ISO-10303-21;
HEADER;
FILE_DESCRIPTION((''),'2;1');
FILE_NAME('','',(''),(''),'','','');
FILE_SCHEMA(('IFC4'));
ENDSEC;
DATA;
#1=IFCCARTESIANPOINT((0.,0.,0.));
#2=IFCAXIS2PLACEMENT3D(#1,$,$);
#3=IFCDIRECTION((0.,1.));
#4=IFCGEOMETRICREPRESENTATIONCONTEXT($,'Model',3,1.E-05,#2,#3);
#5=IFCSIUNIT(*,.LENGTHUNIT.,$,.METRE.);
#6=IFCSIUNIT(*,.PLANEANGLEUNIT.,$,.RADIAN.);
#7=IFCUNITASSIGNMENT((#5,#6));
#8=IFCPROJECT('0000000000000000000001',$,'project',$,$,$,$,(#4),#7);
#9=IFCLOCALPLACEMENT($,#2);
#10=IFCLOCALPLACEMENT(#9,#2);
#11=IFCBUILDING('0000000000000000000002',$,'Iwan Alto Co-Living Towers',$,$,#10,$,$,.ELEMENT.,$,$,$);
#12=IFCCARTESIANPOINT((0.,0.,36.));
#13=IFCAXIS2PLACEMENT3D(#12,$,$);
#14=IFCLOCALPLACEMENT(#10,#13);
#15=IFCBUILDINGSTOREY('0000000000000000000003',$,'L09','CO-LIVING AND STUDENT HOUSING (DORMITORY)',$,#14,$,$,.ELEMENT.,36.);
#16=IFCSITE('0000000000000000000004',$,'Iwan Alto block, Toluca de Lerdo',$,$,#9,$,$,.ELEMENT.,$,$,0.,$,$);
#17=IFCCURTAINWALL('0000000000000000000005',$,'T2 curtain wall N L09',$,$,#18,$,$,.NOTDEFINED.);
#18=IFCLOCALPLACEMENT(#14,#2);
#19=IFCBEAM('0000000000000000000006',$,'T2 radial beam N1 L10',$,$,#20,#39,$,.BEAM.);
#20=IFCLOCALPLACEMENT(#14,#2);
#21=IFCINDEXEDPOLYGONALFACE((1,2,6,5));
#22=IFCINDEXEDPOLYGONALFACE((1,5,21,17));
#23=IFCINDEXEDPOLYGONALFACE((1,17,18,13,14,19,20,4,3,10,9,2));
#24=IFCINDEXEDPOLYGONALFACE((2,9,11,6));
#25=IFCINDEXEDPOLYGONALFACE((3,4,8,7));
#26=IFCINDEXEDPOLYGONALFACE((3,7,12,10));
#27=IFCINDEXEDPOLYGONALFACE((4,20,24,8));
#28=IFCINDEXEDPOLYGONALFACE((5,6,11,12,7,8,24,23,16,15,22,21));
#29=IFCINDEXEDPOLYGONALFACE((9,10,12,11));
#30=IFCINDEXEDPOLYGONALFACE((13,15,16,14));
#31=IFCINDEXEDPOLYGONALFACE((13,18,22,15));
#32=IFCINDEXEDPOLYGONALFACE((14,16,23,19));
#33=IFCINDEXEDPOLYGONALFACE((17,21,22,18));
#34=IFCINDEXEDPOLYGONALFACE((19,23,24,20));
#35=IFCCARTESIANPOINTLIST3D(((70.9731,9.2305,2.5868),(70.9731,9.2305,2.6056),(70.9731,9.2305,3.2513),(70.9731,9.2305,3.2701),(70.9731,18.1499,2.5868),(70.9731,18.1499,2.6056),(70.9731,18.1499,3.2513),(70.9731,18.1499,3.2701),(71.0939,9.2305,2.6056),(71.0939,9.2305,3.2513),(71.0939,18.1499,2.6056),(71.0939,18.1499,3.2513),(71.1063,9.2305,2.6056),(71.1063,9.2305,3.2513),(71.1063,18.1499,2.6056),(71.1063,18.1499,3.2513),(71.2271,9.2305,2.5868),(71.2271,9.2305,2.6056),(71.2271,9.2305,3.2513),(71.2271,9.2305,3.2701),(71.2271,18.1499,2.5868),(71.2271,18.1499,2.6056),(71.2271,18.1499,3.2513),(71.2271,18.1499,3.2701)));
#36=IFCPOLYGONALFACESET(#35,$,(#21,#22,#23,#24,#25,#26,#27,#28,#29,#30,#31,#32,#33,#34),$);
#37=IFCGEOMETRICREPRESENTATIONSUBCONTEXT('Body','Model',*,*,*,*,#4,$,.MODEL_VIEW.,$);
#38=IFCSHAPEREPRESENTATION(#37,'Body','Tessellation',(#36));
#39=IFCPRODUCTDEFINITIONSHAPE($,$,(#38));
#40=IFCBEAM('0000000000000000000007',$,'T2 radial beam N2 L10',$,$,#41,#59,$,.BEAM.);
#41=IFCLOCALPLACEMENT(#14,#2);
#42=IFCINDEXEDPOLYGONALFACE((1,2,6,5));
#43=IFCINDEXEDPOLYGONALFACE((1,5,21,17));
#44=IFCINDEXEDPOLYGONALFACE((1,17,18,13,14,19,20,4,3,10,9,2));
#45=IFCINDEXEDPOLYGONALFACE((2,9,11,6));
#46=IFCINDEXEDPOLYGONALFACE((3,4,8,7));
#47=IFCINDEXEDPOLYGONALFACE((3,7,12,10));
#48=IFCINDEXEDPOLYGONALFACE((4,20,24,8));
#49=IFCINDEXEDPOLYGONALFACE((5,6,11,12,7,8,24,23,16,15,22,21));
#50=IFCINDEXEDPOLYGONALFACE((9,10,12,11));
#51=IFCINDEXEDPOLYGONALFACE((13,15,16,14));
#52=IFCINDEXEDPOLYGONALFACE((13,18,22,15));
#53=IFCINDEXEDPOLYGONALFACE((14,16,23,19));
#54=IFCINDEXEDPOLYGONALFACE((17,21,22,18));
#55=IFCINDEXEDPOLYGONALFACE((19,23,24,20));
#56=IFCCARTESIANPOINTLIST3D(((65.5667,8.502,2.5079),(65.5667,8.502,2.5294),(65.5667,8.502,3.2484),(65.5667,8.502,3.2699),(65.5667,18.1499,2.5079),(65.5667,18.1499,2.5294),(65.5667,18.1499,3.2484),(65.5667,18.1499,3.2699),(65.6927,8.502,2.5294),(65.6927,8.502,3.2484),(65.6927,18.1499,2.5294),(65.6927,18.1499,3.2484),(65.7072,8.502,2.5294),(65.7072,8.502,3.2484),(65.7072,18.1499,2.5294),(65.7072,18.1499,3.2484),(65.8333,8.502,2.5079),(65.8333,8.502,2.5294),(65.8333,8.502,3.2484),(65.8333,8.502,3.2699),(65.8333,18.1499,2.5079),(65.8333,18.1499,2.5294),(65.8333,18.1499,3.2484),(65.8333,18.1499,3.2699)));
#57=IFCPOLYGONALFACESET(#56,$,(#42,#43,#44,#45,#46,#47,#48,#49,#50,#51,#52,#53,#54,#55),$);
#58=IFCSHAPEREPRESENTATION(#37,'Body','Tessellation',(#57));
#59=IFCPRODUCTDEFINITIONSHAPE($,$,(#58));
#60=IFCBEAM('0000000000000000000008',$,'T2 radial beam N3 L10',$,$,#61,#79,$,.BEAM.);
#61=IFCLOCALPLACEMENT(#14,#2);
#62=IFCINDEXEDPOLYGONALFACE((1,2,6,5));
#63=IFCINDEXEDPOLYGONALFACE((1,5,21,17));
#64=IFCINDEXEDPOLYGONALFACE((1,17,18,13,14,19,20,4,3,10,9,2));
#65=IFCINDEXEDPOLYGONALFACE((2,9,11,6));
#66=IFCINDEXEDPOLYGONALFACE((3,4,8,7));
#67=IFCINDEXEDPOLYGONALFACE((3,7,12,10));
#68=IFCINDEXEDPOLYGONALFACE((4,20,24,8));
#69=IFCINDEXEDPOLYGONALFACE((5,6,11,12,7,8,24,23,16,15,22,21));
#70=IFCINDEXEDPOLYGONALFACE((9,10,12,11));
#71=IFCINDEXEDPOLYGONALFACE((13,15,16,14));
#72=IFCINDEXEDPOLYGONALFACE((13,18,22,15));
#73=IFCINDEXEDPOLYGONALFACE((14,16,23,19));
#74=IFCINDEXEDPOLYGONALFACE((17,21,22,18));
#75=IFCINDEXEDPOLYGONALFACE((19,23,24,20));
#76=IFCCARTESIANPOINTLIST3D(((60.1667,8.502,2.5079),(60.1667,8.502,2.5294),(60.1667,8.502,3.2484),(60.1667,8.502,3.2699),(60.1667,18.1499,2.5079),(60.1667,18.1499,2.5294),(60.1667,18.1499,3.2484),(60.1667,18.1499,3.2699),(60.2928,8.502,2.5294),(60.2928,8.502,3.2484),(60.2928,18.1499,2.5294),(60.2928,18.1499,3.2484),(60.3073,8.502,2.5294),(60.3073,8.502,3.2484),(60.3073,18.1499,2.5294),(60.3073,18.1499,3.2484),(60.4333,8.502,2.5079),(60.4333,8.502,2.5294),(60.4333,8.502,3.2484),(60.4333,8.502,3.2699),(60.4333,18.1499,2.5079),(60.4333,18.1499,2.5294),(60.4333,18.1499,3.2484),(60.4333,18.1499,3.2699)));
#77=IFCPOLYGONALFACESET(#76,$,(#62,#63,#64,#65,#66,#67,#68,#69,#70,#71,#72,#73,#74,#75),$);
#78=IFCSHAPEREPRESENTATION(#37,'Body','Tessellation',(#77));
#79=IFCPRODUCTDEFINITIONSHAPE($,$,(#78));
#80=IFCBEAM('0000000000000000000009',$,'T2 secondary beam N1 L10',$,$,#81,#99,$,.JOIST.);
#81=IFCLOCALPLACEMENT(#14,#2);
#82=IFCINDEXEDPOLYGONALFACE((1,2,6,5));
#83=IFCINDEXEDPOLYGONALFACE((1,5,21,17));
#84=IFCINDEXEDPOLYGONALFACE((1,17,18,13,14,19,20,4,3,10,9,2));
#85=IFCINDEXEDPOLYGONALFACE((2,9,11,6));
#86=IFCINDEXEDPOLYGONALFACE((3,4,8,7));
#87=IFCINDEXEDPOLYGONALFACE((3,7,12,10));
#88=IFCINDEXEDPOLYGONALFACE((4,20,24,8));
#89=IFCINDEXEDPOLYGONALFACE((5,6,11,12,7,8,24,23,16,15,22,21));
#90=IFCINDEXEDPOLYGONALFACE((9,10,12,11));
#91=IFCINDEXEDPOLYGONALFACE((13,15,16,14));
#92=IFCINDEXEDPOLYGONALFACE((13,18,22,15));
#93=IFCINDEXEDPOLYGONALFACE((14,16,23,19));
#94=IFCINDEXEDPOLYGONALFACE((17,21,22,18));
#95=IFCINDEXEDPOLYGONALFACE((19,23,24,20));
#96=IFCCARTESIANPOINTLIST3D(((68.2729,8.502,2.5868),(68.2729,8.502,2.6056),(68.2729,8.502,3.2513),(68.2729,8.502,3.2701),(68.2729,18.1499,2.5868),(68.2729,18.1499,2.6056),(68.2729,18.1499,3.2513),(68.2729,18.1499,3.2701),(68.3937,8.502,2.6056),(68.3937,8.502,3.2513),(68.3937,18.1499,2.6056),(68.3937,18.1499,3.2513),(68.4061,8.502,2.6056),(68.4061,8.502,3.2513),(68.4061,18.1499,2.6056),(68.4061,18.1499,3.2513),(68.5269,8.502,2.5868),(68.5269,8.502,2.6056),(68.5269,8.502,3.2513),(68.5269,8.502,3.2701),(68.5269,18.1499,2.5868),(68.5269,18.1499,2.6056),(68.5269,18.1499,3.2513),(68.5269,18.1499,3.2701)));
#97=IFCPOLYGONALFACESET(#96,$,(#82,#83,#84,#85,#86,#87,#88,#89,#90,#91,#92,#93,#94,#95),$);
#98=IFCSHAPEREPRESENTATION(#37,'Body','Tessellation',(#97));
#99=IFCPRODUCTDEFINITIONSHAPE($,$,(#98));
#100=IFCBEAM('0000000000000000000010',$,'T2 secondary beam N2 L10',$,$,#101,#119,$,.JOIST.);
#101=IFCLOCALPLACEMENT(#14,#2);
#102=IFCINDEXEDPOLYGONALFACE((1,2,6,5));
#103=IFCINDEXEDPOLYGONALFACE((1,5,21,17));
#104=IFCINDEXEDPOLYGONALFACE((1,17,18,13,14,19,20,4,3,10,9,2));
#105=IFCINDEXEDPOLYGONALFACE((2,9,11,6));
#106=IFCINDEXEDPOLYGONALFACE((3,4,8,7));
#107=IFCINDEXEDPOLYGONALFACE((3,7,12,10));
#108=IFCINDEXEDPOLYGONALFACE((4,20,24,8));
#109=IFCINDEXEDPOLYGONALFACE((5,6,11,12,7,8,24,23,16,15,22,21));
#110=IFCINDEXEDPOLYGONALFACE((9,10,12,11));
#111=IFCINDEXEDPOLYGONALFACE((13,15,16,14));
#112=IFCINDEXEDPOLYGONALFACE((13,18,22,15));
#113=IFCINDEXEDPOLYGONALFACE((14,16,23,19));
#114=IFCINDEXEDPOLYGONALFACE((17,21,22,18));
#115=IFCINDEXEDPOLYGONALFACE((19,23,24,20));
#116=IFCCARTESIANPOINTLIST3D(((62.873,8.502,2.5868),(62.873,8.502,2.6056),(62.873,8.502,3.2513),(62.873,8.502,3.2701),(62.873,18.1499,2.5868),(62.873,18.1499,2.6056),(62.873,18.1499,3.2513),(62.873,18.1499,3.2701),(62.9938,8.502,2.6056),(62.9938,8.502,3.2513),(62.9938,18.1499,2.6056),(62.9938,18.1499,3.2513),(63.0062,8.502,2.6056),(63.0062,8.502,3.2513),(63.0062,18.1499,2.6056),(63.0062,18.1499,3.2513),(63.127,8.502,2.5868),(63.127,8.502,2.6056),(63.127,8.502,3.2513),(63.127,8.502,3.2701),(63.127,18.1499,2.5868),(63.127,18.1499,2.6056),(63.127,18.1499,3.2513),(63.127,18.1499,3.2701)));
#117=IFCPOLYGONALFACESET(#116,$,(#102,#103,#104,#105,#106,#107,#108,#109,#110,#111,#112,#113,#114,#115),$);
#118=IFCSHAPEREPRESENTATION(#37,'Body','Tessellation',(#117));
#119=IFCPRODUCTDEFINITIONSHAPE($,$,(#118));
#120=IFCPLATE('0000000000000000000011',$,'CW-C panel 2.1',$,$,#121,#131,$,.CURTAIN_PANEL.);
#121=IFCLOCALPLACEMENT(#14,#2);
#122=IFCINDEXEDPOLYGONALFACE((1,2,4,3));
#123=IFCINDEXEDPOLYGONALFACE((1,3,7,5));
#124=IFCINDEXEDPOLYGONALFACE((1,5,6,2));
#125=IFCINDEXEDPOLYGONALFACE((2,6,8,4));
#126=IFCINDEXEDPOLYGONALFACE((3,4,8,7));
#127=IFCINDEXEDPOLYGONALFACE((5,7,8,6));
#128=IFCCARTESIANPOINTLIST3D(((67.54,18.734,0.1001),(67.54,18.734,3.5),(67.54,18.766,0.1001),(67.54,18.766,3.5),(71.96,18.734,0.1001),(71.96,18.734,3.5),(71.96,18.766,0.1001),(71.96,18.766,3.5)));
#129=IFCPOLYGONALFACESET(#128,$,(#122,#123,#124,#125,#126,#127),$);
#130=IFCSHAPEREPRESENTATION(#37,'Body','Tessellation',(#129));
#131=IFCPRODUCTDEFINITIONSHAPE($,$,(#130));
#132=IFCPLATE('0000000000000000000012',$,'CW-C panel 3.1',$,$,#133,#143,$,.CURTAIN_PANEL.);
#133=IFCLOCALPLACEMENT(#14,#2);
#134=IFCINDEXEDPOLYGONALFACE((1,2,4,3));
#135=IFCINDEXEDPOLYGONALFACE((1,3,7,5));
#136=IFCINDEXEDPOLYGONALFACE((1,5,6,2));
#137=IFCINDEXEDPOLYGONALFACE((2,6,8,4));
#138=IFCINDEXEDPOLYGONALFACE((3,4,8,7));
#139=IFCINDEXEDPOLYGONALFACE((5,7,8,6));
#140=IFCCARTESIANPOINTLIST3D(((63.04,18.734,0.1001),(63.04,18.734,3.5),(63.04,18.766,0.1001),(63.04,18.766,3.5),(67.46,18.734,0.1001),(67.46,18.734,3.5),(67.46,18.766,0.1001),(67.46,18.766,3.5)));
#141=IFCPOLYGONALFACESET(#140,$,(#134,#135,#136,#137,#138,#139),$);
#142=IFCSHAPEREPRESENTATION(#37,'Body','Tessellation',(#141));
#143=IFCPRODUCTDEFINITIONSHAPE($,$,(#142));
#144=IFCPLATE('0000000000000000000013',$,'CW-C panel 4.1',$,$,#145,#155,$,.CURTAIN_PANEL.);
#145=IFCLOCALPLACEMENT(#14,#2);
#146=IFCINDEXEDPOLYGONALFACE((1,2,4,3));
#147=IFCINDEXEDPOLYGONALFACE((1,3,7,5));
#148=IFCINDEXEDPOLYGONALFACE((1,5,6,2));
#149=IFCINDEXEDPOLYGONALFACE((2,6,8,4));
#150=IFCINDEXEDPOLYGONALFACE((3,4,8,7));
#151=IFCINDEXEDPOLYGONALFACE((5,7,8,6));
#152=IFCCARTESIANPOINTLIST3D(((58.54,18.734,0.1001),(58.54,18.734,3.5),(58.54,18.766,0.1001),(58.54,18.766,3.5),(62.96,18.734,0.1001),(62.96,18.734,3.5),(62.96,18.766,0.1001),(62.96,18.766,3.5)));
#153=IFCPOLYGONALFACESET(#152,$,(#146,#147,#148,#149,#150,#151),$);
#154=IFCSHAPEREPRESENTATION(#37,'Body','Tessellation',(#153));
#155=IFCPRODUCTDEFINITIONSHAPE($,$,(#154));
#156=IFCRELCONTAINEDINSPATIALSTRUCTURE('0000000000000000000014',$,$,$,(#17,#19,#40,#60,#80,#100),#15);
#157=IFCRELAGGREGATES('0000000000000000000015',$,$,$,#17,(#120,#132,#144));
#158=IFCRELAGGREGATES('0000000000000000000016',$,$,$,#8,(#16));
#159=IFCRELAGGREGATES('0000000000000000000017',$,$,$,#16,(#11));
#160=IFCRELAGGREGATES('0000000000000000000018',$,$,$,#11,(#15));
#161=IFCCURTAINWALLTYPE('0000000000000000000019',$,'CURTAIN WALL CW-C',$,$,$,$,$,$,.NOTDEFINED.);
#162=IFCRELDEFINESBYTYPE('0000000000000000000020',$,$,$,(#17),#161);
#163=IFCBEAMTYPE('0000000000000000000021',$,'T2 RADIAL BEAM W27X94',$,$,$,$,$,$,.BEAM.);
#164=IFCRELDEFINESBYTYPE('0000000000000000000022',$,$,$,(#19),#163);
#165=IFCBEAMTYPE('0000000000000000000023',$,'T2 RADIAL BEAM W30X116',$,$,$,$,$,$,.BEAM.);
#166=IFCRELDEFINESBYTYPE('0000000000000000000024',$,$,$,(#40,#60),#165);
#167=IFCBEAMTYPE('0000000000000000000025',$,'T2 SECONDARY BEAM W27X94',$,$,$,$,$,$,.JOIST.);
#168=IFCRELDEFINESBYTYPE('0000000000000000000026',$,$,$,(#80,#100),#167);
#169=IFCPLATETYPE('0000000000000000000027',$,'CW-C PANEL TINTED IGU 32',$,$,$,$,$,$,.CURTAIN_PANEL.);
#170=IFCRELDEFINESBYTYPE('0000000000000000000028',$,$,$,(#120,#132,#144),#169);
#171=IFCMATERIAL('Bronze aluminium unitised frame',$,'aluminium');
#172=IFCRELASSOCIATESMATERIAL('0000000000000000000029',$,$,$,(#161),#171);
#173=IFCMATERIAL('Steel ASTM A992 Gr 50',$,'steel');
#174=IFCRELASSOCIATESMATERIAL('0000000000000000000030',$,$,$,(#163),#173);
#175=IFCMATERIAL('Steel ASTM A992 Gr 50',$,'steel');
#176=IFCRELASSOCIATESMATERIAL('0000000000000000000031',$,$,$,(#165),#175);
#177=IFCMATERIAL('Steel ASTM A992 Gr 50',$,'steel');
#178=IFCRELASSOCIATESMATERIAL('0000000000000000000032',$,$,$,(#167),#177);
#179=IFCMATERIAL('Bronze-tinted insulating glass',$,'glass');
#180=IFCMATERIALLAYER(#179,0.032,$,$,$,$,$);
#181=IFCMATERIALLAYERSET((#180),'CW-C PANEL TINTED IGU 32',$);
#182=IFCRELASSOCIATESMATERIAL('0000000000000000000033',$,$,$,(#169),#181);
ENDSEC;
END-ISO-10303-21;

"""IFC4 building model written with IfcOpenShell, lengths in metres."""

from ifc_helpers import new_model, si_unit, direction, frame, origin, origin_2d, place, context, subcontext, project, spatial, rectangle, i_section, extrude, material, layer, layer_set, material_profile, profile_set, type_object, element, aggregate, save


model = new_model("IFC4")

# Units and contexts
model_context = context("Model", 3, precision=1e-05, world=origin(), true_north=direction((0.0, 1.0)))
body_context = subcontext(model_context, "Body", "Model", "MODEL_VIEW")
ifc_project = project(units=[si_unit("LENGTHUNIT", "METRE"), si_unit("PLANEANGLEUNIT", "RADIAN")], contexts=[model_context])

# Site, building, storey
site_placement = place(None, origin())
site = spatial("IfcSite", under=ifc_project, at=site_placement, Name="Iwan Alto block, Toluca de Lerdo", CompositionType="ELEMENT", RefElevation=0.0)
building_placement = place(site_placement, origin())
building = spatial("IfcBuilding", under=site, at=building_placement, Name="Iwan Alto Co-Living Towers", CompositionType="ELEMENT")
storey_placement = place(building_placement, frame((0.0, 0.0, 36.0)))
storey = spatial("IfcBuildingStorey", under=building, at=storey_placement, Name="L09", Description="CO-LIVING AND STUDENT HOUSING (DORMITORY)", CompositionType="ELEMENT", Elevation=36.0)

# Curtain wall
ifc_material_1 = material(Name="Bronze aluminium unitised frame", Category="aluminium")
curtain_wall_type = type_object("IfcCurtainWallType", Name="CURTAIN WALL CW-C", PredefinedType="NOTDEFINED", material=ifc_material_1)
curtain_wall_placement = place(storey_placement, origin())
curtain_wall = element("IfcCurtainWall", 1, at=curtain_wall_placement, inside=storey, type_object=curtain_wall_type, Name="T2 curtain wall N L09", PredefinedType="NOTDEFINED")

# Beams
ifc_material_2 = material(Name="Steel ASTM A992 Gr 50", Category="steel")
ifc_material_profile_1 = material_profile(ifc_material_2, i_section(OverallWidth=0.2539, OverallDepth=0.6833, WebThickness=0.0125, FlangeThickness=0.0188, at=origin_2d()), Name="W27X94")
ifc_profile_set_1 = profile_set([ifc_material_profile_1], Name="Steel ASTM A992 Gr 50")
beam_type_1 = type_object("IfcBeamType", Name="T2 RADIAL BEAM W27X94", PredefinedType="BEAM", material=ifc_profile_set_1)
beam_1_placement = place(storey_placement, frame((71.1001, 18.1499, 2.9285), z_axis=(0.0, -1.0, 0.0), x_axis=(1.0, 0.0, 0.0)))
element("IfcBeam", 2, at=beam_1_placement, inside=storey, type_object=beam_type_1, Name="T2 radial beam N1 L10", PredefinedType="BEAM", context=body_context, shape_type="SweptSolid", body=[
    extrude(i_section(OverallWidth=0.2539, OverallDepth=0.6833, WebThickness=0.0125, FlangeThickness=0.0188, at=origin_2d()), origin(), (0.0, 0.0, 1.0), 8.9194),
])
ifc_material_3 = material(Name="Steel ASTM A992 Gr 50", Category="steel")
ifc_material_profile_2 = material_profile(ifc_material_3, i_section(OverallWidth=0.2666, OverallDepth=0.762, WebThickness=0.0144, FlangeThickness=0.0215, at=origin_2d()), Name="W30X116")
ifc_profile_set_2 = profile_set([ifc_material_profile_2], Name="Steel ASTM A992 Gr 50")
beam_type_2 = type_object("IfcBeamType", Name="T2 RADIAL BEAM W30X116", PredefinedType="BEAM", material=ifc_profile_set_2)
for number, where, z_axis, x_axis, name in (
    (3, (65.7, 18.1499, 2.8889), (0.0, -1.0, 0.0), (1.0, 0.0, 0.0), "T2 radial beam N2 L10"),
    (4, (60.3, 18.1499, 2.8889), (0.0, -1.0, 0.0), (1.0, 0.0, 0.0), "T2 radial beam N3 L10"),
):
    element("IfcBeam", number, at=place(storey_placement, frame(where, z_axis=z_axis, x_axis=x_axis)), inside=storey, type_object=beam_type_2, Name=name, PredefinedType="BEAM", context=body_context, shape_type="SweptSolid", body=[
        extrude(i_section(OverallWidth=0.2666, OverallDepth=0.762, WebThickness=0.0144, FlangeThickness=0.0215, at=origin_2d()), origin(), (0.0, 0.0, 1.0), 9.6479),
    ])
ifc_material_4 = material(Name="Steel ASTM A992 Gr 50", Category="steel")
ifc_material_profile_3 = material_profile(ifc_material_4, i_section(OverallWidth=0.2539, OverallDepth=0.6833, WebThickness=0.0125, FlangeThickness=0.0188, at=origin_2d()), Name="W27X94")
ifc_profile_set_3 = profile_set([ifc_material_profile_3], Name="Steel ASTM A992 Gr 50")
beam_type_3 = type_object("IfcBeamType", Name="T2 SECONDARY BEAM W27X94", PredefinedType="JOIST", material=ifc_profile_set_3)
for number, where, z_axis, x_axis, name in (
    (5, (68.3999, 18.1499, 2.9285), (0.0, -1.0, 0.0), (1.0, 0.0, 0.0), "T2 secondary beam N1 L10"),
    (6, (63.0, 18.1499, 2.9285), (0.0, -1.0, 0.0), (1.0, 0.0, 0.0), "T2 secondary beam N2 L10"),
):
    element("IfcBeam", number, at=place(storey_placement, frame(where, z_axis=z_axis, x_axis=x_axis)), inside=storey, type_object=beam_type_3, Name=name, PredefinedType="JOIST", context=body_context, shape_type="SweptSolid", body=[
        extrude(i_section(OverallWidth=0.2539, OverallDepth=0.6833, WebThickness=0.0125, FlangeThickness=0.0188, at=origin_2d()), origin(), (0.0, 0.0, 1.0), 9.6479),
    ])

# Plates
ifc_material_5 = material(Name="Bronze-tinted insulating glass", Category="glass")
ifc_layer_1 = layer(ifc_material_5, 0.032)
ifc_layer_set_1 = layer_set([ifc_layer_1], Name="CW-C PANEL TINTED IGU 32")
plate_type = type_object("IfcPlateType", Name="CW-C PANEL TINTED IGU 32", PredefinedType="CURTAIN_PANEL", material=ifc_layer_set_1)
plate_1_placement = place(storey_placement, frame((69.75, 18.75, 0.1001), z_axis=(0.0, 0.0, 1.0), x_axis=(-1.0, 0.0, 0.0)))
plate_1 = element("IfcPlate", 7, at=plate_1_placement, type_object=plate_type, Name="CW-C panel 2.1", PredefinedType="CURTAIN_PANEL", context=body_context, shape_type="SweptSolid", body=[
    extrude(rectangle(XDim=4.4199, YDim=0.032, at=origin_2d()), origin(), (0.0, 0.0, 1.0), 3.3999),
])
plate_2_placement = place(storey_placement, frame((65.25, 18.75, 0.1001), z_axis=(0.0, 0.0, 1.0), x_axis=(-1.0, 0.0, 0.0)))
plate_2 = element("IfcPlate", 8, at=plate_2_placement, type_object=plate_type, Name="CW-C panel 3.1", PredefinedType="CURTAIN_PANEL", context=body_context, shape_type="SweptSolid", body=[
    extrude(rectangle(XDim=4.4199, YDim=0.032, at=origin_2d()), origin(), (0.0, 0.0, 1.0), 3.3999),
])
plate_3_placement = place(storey_placement, frame((60.75, 18.75, 0.1001), z_axis=(0.0, 0.0, 1.0), x_axis=(-1.0, 0.0, 0.0)))
plate_3 = element("IfcPlate", 9, at=plate_3_placement, type_object=plate_type, Name="CW-C panel 4.1", PredefinedType="CURTAIN_PANEL", context=body_context, shape_type="SweptSolid", body=[
    extrude(rectangle(XDim=4.4199, YDim=0.032, at=origin_2d()), origin(), (0.0, 0.0, 1.0), 3.3999),
])
aggregate(curtain_wall, [plate_1, plate_2, plate_3])

save(model, "model.ifc")
